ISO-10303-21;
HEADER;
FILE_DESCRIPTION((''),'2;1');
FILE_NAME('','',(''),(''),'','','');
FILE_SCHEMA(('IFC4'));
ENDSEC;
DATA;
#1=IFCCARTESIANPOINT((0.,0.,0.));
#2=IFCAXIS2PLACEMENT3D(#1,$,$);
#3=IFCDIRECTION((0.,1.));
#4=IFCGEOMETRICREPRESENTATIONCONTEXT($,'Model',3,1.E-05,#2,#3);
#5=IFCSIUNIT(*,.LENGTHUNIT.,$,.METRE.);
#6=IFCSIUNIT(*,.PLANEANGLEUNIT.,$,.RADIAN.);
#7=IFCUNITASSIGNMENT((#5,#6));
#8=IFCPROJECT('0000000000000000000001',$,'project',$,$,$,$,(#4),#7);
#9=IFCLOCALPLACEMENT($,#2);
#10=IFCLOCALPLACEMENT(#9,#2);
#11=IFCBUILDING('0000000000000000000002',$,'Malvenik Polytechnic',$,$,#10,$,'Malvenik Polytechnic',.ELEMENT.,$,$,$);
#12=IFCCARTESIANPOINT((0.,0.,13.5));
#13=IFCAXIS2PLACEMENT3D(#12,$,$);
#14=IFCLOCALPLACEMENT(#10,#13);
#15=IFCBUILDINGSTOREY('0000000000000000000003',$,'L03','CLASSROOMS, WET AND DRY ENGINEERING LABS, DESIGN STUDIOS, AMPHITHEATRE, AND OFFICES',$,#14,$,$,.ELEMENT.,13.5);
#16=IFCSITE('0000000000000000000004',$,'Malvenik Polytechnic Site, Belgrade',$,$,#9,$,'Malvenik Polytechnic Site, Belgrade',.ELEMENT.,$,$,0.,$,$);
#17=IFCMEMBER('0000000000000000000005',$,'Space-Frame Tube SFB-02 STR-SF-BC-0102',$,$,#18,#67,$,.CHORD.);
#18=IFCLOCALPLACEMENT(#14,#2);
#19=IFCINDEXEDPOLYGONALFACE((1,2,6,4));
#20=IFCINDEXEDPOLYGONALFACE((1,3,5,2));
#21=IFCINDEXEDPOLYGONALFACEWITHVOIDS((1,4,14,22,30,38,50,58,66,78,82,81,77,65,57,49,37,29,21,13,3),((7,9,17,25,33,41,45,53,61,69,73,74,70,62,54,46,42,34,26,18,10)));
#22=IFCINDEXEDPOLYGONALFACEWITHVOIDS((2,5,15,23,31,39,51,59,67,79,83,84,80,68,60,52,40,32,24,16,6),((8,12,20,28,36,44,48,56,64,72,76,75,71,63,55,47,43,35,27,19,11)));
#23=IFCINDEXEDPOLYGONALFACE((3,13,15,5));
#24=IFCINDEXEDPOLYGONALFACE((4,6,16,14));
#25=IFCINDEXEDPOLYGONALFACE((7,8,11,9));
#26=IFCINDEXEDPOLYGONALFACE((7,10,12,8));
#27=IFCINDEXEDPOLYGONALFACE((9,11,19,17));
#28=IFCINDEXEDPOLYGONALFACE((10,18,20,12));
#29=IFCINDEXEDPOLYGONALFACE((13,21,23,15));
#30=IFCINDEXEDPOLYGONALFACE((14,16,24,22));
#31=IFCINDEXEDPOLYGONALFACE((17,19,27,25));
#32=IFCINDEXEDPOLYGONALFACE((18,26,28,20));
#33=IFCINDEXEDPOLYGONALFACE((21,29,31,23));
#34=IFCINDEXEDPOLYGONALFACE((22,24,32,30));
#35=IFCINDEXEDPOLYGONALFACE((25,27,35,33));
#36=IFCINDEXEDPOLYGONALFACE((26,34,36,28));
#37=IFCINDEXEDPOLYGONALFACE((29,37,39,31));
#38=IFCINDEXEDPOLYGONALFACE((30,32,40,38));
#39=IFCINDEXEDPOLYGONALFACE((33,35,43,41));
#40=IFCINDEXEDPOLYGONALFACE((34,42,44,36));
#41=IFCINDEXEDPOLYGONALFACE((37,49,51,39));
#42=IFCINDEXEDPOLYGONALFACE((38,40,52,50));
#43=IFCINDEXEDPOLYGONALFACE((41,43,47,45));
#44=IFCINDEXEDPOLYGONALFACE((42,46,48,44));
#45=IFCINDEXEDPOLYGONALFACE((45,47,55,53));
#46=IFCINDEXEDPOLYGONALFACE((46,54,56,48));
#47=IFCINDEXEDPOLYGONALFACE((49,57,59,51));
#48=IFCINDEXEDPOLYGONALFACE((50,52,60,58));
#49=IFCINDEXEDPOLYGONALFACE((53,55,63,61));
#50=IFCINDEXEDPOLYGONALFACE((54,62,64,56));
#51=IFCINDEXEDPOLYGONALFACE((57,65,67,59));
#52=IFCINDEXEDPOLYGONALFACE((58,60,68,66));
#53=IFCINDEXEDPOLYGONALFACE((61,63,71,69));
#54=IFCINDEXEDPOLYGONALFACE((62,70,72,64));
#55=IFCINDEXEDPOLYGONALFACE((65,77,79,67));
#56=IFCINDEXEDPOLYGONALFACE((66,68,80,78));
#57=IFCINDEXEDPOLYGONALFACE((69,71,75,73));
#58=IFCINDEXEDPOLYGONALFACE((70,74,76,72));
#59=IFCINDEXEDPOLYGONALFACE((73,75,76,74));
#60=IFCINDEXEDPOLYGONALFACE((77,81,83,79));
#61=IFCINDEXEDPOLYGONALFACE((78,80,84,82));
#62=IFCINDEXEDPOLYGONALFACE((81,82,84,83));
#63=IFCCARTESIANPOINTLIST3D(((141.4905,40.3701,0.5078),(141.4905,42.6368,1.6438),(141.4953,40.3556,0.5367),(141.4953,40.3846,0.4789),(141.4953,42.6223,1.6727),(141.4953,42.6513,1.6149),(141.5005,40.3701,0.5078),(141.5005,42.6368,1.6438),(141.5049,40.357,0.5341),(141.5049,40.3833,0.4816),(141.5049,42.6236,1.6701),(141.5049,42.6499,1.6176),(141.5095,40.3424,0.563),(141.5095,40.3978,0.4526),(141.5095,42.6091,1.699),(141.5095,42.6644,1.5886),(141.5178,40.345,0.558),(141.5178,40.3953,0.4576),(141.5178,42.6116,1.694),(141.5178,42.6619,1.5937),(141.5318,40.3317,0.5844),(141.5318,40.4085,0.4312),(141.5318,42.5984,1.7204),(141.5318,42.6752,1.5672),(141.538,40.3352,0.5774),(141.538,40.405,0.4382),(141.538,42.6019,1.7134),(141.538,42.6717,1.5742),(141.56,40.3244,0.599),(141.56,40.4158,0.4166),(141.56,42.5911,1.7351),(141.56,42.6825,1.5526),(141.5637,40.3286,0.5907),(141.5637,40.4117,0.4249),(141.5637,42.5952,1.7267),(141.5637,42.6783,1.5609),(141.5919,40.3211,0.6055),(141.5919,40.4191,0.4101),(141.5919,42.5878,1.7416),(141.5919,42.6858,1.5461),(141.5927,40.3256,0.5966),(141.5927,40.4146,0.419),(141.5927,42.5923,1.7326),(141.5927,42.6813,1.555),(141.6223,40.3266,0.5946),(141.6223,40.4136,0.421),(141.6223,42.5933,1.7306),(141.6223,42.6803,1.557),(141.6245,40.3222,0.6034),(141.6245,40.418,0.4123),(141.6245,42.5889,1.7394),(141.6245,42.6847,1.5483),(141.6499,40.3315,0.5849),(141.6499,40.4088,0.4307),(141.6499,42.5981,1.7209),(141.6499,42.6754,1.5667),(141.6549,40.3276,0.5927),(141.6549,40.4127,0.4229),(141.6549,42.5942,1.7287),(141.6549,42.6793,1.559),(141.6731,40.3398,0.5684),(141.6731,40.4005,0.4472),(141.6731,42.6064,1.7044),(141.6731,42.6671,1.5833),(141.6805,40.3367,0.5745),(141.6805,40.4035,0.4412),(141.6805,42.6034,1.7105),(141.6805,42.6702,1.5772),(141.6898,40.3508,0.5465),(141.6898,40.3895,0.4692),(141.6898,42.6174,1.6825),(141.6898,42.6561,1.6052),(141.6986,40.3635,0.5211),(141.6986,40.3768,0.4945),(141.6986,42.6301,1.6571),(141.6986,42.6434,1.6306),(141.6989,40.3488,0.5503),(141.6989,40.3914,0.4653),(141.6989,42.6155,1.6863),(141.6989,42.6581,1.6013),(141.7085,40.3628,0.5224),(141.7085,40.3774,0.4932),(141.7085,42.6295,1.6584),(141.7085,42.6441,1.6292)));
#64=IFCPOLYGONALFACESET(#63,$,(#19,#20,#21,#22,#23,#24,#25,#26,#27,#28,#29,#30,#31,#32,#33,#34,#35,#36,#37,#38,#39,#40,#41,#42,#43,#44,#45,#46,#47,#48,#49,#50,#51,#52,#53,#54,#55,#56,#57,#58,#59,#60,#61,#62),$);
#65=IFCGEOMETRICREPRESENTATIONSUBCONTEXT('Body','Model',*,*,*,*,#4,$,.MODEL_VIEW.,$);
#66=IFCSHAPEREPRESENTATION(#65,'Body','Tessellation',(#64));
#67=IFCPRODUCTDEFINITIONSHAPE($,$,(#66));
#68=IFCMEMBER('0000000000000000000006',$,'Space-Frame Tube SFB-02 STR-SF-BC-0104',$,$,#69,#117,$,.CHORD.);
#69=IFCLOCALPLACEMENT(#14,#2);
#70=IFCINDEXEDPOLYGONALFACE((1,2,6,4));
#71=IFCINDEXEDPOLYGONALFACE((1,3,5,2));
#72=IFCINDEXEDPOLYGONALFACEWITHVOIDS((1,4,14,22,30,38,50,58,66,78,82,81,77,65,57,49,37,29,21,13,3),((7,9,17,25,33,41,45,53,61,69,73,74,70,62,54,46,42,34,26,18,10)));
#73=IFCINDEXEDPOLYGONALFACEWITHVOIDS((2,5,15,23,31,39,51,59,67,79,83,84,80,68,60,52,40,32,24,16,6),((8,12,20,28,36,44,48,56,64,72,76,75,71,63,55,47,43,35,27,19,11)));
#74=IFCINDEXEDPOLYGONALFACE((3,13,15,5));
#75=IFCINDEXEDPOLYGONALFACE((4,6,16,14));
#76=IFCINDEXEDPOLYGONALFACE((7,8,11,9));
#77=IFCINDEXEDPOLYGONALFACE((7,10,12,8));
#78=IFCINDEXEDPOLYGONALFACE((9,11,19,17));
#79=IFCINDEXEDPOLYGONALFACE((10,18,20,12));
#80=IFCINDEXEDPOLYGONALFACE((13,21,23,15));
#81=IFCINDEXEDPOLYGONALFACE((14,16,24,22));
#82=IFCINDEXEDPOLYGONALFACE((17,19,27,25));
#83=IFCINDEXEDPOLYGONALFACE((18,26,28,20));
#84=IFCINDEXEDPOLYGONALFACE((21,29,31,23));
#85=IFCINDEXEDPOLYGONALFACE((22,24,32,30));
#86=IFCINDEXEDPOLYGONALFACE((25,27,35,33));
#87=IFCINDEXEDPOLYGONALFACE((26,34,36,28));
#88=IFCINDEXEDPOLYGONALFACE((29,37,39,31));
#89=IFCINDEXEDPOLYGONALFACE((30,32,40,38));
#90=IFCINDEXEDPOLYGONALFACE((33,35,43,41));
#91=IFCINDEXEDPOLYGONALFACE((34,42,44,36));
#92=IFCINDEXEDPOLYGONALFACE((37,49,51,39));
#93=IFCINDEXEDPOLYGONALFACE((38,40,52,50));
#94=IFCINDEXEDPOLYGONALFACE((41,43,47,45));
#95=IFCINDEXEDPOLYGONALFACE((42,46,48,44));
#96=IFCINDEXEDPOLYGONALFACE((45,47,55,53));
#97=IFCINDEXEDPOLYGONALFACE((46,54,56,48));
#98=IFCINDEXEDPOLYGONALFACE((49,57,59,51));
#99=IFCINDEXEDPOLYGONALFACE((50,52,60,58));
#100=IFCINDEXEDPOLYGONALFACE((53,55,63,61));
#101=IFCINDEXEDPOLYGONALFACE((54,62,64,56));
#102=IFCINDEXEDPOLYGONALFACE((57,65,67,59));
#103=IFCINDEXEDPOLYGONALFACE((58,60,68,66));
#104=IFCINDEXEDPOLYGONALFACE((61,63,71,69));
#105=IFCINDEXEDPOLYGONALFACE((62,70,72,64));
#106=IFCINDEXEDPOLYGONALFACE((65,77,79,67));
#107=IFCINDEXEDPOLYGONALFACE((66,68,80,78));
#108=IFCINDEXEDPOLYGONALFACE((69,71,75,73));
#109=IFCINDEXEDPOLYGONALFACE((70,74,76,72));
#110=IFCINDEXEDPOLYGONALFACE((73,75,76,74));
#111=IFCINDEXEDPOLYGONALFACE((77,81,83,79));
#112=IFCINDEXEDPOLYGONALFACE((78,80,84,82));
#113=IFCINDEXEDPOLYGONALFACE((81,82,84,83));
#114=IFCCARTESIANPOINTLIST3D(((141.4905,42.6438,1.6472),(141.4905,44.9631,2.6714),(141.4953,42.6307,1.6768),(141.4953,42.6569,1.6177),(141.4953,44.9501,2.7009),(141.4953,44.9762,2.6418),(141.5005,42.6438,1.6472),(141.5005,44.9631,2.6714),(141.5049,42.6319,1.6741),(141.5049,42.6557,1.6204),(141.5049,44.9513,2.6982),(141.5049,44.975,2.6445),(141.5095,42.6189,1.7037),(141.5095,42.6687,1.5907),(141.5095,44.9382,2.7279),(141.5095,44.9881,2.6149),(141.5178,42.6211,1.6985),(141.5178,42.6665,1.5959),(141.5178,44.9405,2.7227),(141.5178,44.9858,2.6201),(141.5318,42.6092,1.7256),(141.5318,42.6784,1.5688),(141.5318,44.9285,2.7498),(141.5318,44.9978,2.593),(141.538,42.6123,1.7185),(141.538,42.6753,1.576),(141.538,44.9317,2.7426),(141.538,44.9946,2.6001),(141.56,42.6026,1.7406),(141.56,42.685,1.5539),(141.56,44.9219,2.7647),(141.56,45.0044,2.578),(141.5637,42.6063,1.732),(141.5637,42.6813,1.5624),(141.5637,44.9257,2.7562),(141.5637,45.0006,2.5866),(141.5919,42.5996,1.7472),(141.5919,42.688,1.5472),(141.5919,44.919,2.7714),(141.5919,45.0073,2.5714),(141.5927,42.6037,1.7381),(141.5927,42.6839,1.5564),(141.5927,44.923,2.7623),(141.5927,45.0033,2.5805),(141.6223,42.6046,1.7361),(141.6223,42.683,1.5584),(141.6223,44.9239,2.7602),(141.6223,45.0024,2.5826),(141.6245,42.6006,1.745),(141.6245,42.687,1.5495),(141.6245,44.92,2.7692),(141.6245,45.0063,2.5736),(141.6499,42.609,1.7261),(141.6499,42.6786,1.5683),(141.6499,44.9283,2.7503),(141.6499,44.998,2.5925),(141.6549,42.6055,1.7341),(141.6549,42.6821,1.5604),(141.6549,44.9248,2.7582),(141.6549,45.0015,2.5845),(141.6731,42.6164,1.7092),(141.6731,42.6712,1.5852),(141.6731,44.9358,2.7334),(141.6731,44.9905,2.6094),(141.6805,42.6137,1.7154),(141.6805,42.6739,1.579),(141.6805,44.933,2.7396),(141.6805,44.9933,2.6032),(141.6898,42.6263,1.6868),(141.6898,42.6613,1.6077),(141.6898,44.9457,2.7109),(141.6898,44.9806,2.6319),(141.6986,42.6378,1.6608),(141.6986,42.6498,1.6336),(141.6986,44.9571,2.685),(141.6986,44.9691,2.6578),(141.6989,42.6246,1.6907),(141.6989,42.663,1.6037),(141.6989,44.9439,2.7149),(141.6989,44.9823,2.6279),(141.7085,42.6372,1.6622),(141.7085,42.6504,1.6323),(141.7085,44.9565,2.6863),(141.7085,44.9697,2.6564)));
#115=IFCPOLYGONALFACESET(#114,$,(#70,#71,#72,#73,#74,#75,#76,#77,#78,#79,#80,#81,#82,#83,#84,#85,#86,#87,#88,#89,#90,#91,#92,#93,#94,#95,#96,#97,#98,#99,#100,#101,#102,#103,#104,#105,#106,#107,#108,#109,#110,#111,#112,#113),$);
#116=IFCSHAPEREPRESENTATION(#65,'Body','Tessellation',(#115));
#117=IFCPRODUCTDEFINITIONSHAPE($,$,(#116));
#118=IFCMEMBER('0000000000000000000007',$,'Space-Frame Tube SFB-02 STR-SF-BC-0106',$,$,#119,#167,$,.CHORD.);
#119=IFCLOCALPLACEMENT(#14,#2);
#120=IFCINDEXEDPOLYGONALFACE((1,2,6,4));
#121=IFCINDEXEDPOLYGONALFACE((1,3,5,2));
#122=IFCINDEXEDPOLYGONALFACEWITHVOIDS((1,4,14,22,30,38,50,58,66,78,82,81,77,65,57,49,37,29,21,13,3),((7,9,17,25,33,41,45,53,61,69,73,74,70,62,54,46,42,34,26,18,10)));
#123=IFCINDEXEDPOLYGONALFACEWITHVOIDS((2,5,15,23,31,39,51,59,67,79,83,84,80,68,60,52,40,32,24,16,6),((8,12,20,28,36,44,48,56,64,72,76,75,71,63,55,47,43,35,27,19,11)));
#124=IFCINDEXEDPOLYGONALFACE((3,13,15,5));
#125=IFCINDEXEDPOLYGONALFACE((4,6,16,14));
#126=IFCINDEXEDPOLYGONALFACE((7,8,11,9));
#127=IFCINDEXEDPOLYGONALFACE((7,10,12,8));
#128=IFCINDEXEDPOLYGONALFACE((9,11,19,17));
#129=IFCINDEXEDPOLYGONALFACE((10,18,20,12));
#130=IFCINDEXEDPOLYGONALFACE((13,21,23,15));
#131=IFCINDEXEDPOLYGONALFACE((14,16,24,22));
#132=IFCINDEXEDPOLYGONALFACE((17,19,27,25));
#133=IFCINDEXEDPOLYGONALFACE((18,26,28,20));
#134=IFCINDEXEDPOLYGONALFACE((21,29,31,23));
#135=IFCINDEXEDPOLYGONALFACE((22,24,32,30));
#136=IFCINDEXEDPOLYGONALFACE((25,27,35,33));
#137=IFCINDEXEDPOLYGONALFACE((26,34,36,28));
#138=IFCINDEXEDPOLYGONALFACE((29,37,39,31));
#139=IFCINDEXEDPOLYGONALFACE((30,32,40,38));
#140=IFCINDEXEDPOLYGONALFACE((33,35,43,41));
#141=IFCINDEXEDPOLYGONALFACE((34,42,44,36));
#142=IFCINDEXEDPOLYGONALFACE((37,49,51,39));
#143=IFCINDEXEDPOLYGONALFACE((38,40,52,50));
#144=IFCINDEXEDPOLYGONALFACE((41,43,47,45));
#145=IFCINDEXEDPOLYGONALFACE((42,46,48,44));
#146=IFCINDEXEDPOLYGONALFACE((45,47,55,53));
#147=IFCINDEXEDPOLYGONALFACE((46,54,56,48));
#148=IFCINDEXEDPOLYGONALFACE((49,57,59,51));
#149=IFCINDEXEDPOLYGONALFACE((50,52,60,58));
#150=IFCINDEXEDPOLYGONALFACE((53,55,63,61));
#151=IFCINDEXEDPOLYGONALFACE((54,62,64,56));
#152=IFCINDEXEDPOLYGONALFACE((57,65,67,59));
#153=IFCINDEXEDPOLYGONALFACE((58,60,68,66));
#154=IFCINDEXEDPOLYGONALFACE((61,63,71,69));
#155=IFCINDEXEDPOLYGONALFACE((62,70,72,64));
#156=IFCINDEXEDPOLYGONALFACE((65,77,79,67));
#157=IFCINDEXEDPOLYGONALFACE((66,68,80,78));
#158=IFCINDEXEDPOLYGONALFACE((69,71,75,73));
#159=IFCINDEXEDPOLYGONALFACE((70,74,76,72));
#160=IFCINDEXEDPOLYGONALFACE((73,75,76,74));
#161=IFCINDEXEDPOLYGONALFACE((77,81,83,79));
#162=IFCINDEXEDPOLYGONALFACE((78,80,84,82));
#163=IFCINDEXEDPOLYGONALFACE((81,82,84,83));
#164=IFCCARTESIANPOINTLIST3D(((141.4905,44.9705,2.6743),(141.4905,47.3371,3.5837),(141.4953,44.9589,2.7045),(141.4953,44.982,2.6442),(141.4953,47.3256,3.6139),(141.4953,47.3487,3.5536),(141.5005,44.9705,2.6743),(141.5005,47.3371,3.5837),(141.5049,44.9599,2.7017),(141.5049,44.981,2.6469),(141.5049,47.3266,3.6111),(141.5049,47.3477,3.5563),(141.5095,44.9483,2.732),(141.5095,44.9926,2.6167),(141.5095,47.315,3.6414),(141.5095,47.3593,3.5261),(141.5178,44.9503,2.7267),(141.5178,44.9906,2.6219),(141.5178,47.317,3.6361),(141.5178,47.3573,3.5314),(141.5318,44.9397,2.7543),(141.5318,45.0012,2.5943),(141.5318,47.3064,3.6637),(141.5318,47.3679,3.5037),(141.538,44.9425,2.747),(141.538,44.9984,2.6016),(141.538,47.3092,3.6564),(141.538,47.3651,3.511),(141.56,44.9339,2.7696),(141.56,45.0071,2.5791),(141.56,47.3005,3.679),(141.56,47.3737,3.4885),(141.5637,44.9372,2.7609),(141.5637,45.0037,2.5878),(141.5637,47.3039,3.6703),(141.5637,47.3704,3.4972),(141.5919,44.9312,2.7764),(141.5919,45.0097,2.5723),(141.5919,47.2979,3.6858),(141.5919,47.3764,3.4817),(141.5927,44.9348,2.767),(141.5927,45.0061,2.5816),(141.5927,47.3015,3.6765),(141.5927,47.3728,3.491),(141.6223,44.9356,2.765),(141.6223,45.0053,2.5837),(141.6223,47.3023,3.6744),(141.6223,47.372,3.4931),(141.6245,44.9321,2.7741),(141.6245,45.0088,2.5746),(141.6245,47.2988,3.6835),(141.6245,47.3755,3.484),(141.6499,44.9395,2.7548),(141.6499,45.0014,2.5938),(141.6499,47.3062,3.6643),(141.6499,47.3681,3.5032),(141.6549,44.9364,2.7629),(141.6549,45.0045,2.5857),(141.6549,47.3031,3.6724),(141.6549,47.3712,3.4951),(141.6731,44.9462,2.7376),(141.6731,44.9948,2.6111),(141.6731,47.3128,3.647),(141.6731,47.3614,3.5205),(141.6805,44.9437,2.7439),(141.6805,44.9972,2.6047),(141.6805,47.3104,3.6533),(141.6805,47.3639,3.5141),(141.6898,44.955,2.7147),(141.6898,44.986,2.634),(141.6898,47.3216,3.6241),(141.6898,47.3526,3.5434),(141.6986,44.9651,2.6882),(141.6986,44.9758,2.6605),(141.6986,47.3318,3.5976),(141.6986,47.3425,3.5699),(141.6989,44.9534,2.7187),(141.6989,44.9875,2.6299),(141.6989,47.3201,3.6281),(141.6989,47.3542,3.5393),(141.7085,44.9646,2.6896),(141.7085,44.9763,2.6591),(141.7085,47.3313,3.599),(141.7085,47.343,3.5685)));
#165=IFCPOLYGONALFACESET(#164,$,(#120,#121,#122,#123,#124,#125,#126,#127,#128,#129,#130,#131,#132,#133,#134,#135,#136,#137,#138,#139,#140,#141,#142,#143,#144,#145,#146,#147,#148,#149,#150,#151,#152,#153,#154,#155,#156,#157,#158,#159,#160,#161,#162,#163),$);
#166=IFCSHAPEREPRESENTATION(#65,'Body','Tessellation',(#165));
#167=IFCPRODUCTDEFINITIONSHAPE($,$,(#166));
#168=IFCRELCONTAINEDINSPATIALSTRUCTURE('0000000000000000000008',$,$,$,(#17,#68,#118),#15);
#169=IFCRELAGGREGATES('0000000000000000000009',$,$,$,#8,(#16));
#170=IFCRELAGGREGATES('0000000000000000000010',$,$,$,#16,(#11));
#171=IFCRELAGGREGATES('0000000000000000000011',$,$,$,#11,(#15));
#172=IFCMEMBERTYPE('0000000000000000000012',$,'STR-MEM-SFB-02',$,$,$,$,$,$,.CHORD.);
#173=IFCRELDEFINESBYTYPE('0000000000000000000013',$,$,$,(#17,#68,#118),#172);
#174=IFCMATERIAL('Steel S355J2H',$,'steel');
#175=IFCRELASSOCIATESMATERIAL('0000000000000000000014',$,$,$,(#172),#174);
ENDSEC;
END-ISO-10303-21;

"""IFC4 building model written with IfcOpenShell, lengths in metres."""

from ifc_helpers import new_model, si_unit, direction, frame, origin, origin_2d, place, context, subcontext, project, spatial, hollow_circle, extrude, material, material_profile, profile_set, type_object, element, save


model = new_model("IFC4")

# Units and contexts
model_context = context("Model", 3, precision=1e-05, world=origin(), true_north=direction((0.0, 1.0)))
body_context = subcontext(model_context, "Body", "Model", "MODEL_VIEW")
ifc_project = project(units=[si_unit("LENGTHUNIT", "METRE"), si_unit("PLANEANGLEUNIT", "RADIAN")], contexts=[model_context])

# Site, building, storey
site_placement = place(None, origin())
site = spatial("IfcSite", under=ifc_project, at=site_placement, Name="Malvenik Polytechnic Site, Belgrade", LongName="Malvenik Polytechnic Site, Belgrade", CompositionType="ELEMENT", RefElevation=0.0)
building_placement = place(site_placement, origin())
building = spatial("IfcBuilding", under=site, at=building_placement, Name="Malvenik Polytechnic", LongName="Malvenik Polytechnic", CompositionType="ELEMENT")
storey_placement = place(building_placement, frame((0.0, 0.0, 13.5)))
storey = spatial("IfcBuildingStorey", under=building, at=storey_placement, Name="L03", Description="CLASSROOMS, WET AND DRY ENGINEERING LABS, DESIGN STUDIOS, AMPHITHEATRE, AND OFFICES", CompositionType="ELEMENT", Elevation=13.5)

# Members
ifc_material_1 = material(Name="Steel S355J2H", Category="steel")
ifc_material_profile_1 = material_profile(ifc_material_1, hollow_circle(Radius=0.1096, WallThickness=0.01, at=origin_2d()), Name="CHS 219.1x10.0")
ifc_profile_set_1 = profile_set([ifc_material_profile_1], Name="Steel S355J2H")
member_type_1 = type_object("IfcMemberType", Name="STR-MEM-SFB-02", PredefinedType="CHORD", material=ifc_profile_set_1)
for number, where, z_axis, x_axis, name in (
    (1, (141.6001, 40.3701, 0.5078), (0.0, 0.894003, 0.448061), (-1.0, 0.0, 0.0), "Space-Frame Tube SFB-02 STR-SF-BC-0102"),
    (2, (141.6001, 42.6438, 1.6472), (0.0, 0.914782, 0.403948), (-1.0, 0.0, 0.0), "Space-Frame Tube SFB-02 STR-SF-BC-0104"),
    (3, (141.6001, 44.9705, 2.6743), (0.0, 0.933457, 0.358689), (-1.0, 0.0, 0.0), "Space-Frame Tube SFB-02 STR-SF-BC-0106"),
):
    element("IfcMember", number, at=place(storey_placement, frame(where, z_axis=z_axis, x_axis=x_axis)), inside=storey, type_object=member_type_1, Name=name, PredefinedType="CHORD", context=body_context, shape_type="SweptSolid", body=[
        extrude(hollow_circle(Radius=0.1096, WallThickness=0.01, at=origin_2d()), origin(), (0.0, 0.0, 1.0), 2.5354),
    ])

save(model, "model.ifc")
